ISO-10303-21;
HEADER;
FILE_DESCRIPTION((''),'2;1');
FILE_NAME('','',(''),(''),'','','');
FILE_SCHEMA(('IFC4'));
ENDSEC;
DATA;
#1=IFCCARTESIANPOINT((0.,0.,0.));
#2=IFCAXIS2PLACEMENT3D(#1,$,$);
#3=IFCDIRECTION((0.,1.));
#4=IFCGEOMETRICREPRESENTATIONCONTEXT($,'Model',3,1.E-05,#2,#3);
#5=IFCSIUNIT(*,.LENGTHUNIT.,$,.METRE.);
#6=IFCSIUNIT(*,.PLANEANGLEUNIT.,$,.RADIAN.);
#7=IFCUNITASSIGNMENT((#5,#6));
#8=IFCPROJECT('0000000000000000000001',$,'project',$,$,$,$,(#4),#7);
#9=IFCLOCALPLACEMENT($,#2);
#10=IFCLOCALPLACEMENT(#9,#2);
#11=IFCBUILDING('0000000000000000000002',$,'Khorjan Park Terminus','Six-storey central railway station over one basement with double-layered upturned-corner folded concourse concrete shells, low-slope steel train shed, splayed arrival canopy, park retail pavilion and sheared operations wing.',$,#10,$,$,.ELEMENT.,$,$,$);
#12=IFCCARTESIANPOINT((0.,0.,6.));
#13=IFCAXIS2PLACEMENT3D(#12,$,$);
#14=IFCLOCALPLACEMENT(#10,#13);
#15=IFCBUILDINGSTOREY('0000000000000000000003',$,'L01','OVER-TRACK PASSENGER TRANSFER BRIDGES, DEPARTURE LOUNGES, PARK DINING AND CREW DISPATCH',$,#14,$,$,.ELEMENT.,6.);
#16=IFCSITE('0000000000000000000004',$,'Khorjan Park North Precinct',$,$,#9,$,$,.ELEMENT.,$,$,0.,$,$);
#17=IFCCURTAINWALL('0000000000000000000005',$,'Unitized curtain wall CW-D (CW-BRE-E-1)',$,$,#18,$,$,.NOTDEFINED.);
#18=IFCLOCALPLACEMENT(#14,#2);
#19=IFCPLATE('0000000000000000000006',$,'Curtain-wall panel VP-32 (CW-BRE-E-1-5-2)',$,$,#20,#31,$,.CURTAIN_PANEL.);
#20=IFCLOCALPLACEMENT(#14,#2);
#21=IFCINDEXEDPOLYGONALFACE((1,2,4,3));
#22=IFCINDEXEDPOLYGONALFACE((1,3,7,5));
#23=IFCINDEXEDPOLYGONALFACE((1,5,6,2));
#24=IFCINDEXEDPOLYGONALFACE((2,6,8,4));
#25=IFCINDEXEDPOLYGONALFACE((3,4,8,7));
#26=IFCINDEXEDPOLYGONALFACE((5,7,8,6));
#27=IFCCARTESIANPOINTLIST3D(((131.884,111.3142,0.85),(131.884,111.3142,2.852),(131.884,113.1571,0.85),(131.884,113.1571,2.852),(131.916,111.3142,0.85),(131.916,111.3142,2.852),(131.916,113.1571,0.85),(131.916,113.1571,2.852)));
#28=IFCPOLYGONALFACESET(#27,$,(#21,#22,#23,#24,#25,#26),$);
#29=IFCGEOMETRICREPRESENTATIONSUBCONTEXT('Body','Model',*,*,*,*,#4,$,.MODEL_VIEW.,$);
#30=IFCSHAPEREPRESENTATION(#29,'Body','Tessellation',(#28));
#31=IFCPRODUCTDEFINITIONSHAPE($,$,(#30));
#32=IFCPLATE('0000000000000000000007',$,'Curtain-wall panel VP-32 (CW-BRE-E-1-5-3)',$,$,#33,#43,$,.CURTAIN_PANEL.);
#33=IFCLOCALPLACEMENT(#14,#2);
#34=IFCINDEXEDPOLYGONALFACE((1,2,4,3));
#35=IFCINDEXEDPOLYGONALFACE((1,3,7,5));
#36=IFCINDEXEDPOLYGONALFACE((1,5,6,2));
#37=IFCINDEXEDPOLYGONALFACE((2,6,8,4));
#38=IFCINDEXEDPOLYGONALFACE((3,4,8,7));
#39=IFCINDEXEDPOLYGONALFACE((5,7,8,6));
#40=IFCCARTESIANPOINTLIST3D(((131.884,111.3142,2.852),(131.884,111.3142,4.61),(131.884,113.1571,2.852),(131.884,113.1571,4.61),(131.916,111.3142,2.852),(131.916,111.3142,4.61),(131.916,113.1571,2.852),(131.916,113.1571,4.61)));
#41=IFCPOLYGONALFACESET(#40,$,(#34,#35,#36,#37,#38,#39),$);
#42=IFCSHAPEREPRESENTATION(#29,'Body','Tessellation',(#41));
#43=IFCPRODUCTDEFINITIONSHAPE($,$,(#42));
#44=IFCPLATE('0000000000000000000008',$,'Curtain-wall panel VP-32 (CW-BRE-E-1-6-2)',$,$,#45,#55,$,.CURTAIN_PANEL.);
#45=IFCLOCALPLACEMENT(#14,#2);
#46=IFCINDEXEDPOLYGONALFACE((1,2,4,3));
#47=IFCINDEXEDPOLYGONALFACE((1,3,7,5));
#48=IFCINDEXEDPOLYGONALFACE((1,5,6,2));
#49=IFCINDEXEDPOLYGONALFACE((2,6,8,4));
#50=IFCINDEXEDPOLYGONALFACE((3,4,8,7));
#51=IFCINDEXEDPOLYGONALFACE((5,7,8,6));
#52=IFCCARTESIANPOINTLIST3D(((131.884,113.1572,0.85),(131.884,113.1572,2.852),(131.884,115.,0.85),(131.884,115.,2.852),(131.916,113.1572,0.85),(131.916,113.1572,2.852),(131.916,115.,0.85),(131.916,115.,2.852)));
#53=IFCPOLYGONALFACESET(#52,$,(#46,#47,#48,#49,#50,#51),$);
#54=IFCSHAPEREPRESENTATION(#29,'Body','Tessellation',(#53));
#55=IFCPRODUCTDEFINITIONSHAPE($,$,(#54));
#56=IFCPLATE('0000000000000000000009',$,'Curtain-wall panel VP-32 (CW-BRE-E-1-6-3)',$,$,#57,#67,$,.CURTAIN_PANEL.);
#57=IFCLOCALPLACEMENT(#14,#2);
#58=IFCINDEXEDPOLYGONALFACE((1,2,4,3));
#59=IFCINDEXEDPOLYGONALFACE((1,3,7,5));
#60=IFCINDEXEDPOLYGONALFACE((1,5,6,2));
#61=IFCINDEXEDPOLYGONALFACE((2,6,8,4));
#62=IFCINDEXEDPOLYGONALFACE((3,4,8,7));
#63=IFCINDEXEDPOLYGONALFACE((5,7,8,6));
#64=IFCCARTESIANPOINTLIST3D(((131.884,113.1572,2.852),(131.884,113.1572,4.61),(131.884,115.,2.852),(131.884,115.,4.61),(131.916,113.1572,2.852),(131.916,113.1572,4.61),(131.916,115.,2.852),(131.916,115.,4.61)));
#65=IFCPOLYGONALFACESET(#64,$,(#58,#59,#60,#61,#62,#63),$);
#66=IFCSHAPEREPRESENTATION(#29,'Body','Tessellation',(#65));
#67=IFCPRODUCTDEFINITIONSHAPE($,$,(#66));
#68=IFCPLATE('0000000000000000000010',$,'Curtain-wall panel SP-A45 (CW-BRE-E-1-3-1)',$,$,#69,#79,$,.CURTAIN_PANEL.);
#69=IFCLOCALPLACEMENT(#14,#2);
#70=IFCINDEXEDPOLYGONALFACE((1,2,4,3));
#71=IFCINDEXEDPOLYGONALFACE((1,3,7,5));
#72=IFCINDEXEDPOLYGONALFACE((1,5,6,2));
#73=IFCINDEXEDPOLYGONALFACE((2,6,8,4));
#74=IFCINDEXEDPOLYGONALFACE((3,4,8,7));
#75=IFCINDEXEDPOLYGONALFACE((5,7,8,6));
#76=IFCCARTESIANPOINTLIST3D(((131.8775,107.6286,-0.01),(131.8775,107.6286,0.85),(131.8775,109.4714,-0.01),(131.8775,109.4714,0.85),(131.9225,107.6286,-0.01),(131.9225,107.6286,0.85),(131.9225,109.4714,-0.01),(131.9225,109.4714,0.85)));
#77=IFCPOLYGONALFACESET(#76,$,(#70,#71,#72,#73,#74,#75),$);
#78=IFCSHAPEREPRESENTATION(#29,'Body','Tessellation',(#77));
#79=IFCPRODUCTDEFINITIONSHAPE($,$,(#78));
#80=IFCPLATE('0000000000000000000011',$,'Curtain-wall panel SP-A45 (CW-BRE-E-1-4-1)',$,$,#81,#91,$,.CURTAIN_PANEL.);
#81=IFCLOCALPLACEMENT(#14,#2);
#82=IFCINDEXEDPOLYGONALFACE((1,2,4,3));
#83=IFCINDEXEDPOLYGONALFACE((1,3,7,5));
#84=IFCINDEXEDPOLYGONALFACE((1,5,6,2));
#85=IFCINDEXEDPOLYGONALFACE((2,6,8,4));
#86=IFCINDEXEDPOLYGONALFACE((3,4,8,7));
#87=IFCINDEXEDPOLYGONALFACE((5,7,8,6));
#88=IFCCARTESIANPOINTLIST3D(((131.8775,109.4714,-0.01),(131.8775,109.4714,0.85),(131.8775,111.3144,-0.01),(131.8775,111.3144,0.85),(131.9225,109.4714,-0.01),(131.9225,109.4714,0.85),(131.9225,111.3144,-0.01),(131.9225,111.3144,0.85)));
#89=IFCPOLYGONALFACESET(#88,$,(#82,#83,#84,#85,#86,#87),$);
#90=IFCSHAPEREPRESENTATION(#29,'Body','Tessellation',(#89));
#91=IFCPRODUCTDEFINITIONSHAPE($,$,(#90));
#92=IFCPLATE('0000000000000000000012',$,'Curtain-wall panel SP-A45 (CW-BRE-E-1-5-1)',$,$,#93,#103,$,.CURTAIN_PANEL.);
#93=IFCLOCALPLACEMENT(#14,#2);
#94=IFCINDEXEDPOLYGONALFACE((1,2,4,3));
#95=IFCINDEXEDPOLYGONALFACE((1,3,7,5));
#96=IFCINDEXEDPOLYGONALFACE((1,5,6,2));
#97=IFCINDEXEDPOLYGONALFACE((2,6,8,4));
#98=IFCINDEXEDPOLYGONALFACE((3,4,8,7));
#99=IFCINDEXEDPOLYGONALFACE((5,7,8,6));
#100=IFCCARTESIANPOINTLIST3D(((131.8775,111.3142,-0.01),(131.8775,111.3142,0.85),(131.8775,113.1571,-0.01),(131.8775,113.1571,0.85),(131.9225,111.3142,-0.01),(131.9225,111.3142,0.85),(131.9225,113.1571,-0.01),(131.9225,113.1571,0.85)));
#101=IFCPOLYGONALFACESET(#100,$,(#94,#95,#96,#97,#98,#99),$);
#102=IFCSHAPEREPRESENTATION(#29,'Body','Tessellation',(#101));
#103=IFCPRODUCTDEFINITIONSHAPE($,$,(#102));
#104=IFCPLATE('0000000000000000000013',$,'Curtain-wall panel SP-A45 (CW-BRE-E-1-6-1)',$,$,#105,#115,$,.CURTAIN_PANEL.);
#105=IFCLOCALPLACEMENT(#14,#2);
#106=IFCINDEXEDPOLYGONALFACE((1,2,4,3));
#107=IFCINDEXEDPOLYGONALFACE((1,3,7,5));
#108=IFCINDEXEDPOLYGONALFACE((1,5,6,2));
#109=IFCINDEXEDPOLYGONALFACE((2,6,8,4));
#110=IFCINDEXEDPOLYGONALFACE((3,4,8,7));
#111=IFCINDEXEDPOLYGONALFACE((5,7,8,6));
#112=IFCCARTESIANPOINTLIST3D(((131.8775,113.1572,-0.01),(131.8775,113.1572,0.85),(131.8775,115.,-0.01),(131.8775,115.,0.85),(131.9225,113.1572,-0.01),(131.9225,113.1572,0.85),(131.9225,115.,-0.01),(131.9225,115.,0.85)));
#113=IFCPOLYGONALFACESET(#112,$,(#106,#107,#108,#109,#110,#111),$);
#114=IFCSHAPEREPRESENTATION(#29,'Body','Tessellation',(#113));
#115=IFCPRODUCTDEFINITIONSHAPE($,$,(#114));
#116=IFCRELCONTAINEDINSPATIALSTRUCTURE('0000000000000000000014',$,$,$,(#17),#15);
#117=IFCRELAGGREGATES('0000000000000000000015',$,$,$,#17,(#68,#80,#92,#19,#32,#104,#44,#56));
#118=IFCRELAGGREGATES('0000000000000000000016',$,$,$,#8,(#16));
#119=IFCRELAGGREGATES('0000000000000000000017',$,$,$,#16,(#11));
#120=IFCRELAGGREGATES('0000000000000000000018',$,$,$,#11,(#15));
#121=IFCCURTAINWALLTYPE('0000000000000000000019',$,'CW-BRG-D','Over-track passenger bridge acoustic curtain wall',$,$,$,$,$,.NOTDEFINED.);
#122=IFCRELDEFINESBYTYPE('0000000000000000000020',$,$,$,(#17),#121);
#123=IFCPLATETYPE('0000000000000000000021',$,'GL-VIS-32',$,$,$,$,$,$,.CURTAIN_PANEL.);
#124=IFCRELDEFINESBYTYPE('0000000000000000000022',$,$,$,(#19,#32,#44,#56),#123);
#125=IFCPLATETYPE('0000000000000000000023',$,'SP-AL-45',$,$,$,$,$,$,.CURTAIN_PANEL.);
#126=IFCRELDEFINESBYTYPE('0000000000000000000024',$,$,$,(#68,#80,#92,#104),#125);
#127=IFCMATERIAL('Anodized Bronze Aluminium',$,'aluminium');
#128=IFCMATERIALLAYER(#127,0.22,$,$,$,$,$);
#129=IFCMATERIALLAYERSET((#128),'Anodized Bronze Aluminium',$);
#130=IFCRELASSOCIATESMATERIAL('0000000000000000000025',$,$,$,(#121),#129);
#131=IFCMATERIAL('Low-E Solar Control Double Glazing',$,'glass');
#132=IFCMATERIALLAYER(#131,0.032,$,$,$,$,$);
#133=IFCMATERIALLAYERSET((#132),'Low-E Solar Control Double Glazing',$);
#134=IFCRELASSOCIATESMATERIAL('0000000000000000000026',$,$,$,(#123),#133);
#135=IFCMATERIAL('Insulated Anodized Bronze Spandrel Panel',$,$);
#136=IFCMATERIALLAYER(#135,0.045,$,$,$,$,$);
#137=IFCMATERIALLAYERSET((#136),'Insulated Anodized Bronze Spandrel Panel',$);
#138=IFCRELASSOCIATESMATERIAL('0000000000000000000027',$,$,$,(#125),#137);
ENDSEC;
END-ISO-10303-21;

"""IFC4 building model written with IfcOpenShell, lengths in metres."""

from ifc_helpers import new_model, si_unit, direction, frame, origin, origin_2d, place, context, subcontext, project, spatial, rectangle, extrude, material, layer, layer_set, type_object, element, aggregate, save


model = new_model("IFC4")

# Units and contexts
model_context = context("Model", 3, precision=1e-05, world=origin(), true_north=direction((0.0, 1.0)))
body_context = subcontext(model_context, "Body", "Model", "MODEL_VIEW")
ifc_project = project(units=[si_unit("LENGTHUNIT", "METRE"), si_unit("PLANEANGLEUNIT", "RADIAN")], contexts=[model_context])

# Site, building, storey
site_placement = place(None, origin())
site = spatial("IfcSite", under=ifc_project, at=site_placement, Name="Khorjan Park North Precinct", CompositionType="ELEMENT", RefElevation=0.0)
building_placement = place(site_placement, origin())
building = spatial("IfcBuilding", under=site, at=building_placement, Name="Khorjan Park Terminus", Description="Six-storey central railway station over one basement with double-layered upturned-corner folded concourse concrete shells, low-slope steel train shed, splayed arrival canopy, park retail pavilion and sheared operations wing.", CompositionType="ELEMENT")
storey_placement = place(building_placement, frame((0.0, 0.0, 6.0)))
storey = spatial("IfcBuildingStorey", under=building, at=storey_placement, Name="L01", Description="OVER-TRACK PASSENGER TRANSFER BRIDGES, DEPARTURE LOUNGES, PARK DINING AND CREW DISPATCH", CompositionType="ELEMENT", Elevation=6.0)

# Curtain wall
ifc_material_1 = material(Name="Anodized Bronze Aluminium", Category="aluminium")
ifc_layer_1 = layer(ifc_material_1, 0.22)
ifc_layer_set_1 = layer_set([ifc_layer_1], Name="Anodized Bronze Aluminium")
curtain_wall_type = type_object("IfcCurtainWallType", Name="CW-BRG-D", Description="Over-track passenger bridge acoustic curtain wall", PredefinedType="NOTDEFINED", material=ifc_layer_set_1)
curtain_wall_1_placement = place(storey_placement, origin())
curtain_wall_1 = element("IfcCurtainWall", 1, at=curtain_wall_1_placement, inside=storey, type_object=curtain_wall_type, Name="Unitized curtain wall CW-D (CW-BRE-E-1)", PredefinedType="NOTDEFINED")

# Plates
ifc_material_2 = material(Name="Low-E Solar Control Double Glazing", Category="glass")
ifc_layer_2 = layer(ifc_material_2, 0.032)
ifc_layer_set_2 = layer_set([ifc_layer_2], Name="Low-E Solar Control Double Glazing")
plate_type_1 = type_object("IfcPlateType", Name="GL-VIS-32", PredefinedType="CURTAIN_PANEL", material=ifc_layer_set_2)
plate_1_placement = place(storey_placement, frame((131.9, 112.2357, 0.85), z_axis=(0.0, 0.0, 1.0), x_axis=(0.0, 1.0, 0.0)))
plate_1 = element("IfcPlate", 2, at=plate_1_placement, type_object=plate_type_1, Name="Curtain-wall panel VP-32 (CW-BRE-E-1-5-2)", PredefinedType="CURTAIN_PANEL", context=body_context, shape_type="SweptSolid", body=[
    extrude(rectangle(XDim=1.8429, YDim=0.032, at=origin_2d()), origin(), (0.0, 0.0, 1.0), 2.002),
])
plate_2_placement = place(storey_placement, frame((131.9, 112.2357, 2.852), z_axis=(0.0, 0.0, 1.0), x_axis=(0.0, 1.0, 0.0)))
plate_2 = element("IfcPlate", 3, at=plate_2_placement, type_object=plate_type_1, Name="Curtain-wall panel VP-32 (CW-BRE-E-1-5-3)", PredefinedType="CURTAIN_PANEL", context=body_context, shape_type="SweptSolid", body=[
    extrude(rectangle(XDim=1.8429, YDim=0.032, at=origin_2d()), origin(), (0.0, 0.0, 1.0), 1.758),
])
plate_3_placement = place(storey_placement, frame((131.9, 114.0786, 0.85), z_axis=(0.0, 0.0, 1.0), x_axis=(0.0, 1.0, 0.0)))
plate_3 = element("IfcPlate", 4, at=plate_3_placement, type_object=plate_type_1, Name="Curtain-wall panel VP-32 (CW-BRE-E-1-6-2)", PredefinedType="CURTAIN_PANEL", context=body_context, shape_type="SweptSolid", body=[
    extrude(rectangle(XDim=1.8429, YDim=0.032, at=origin_2d()), origin(), (0.0, 0.0, 1.0), 2.002),
])
plate_4_placement = place(storey_placement, frame((131.9, 114.0786, 2.852), z_axis=(0.0, 0.0, 1.0), x_axis=(0.0, 1.0, 0.0)))
plate_4 = element("IfcPlate", 5, at=plate_4_placement, type_object=plate_type_1, Name="Curtain-wall panel VP-32 (CW-BRE-E-1-6-3)", PredefinedType="CURTAIN_PANEL", context=body_context, shape_type="SweptSolid", body=[
    extrude(rectangle(XDim=1.8429, YDim=0.032, at=origin_2d()), origin(), (0.0, 0.0, 1.0), 1.758),
])
ifc_material_3 = material(Name="Insulated Anodized Bronze Spandrel Panel")
ifc_layer_3 = layer(ifc_material_3, 0.045)
ifc_layer_set_3 = layer_set([ifc_layer_3], Name="Insulated Anodized Bronze Spandrel Panel")
plate_type_2 = type_object("IfcPlateType", Name="SP-AL-45", PredefinedType="CURTAIN_PANEL", material=ifc_layer_set_3)
plate_5_placement = place(storey_placement, frame((131.9, 108.55, -0.01), z_axis=(0.0, 0.0, 1.0), x_axis=(0.0, 1.0, 0.0)))
plate_5 = element("IfcPlate", 6, at=plate_5_placement, type_object=plate_type_2, Name="Curtain-wall panel SP-A45 (CW-BRE-E-1-3-1)", PredefinedType="CURTAIN_PANEL", context=body_context, shape_type="SweptSolid", body=[
    extrude(rectangle(XDim=1.8429, YDim=0.045, at=origin_2d()), origin(), (0.0, 0.0, 1.0), 0.86),
])
plate_6_placement = place(storey_placement, frame((131.9, 110.3929, -0.01), z_axis=(0.0, 0.0, 1.0), x_axis=(0.0, 1.0, 0.0)))
plate_6 = element("IfcPlate", 7, at=plate_6_placement, type_object=plate_type_2, Name="Curtain-wall panel SP-A45 (CW-BRE-E-1-4-1)", PredefinedType="CURTAIN_PANEL", context=body_context, shape_type="SweptSolid", body=[
    extrude(rectangle(XDim=1.8429, YDim=0.045, at=origin_2d()), origin(), (0.0, 0.0, 1.0), 0.86),
])
plate_7_placement = place(storey_placement, frame((131.9, 112.2357, -0.01), z_axis=(0.0, 0.0, 1.0), x_axis=(0.0, 1.0, 0.0)))
plate_7 = element("IfcPlate", 8, at=plate_7_placement, type_object=plate_type_2, Name="Curtain-wall panel SP-A45 (CW-BRE-E-1-5-1)", PredefinedType="CURTAIN_PANEL", context=body_context, shape_type="SweptSolid", body=[
    extrude(rectangle(XDim=1.8429, YDim=0.045, at=origin_2d()), origin(), (0.0, 0.0, 1.0), 0.86),
])
plate_8_placement = place(storey_placement, frame((131.9, 114.0786, -0.01), z_axis=(0.0, 0.0, 1.0), x_axis=(0.0, 1.0, 0.0)))
plate_8 = element("IfcPlate", 9, at=plate_8_placement, type_object=plate_type_2, Name="Curtain-wall panel SP-A45 (CW-BRE-E-1-6-1)", PredefinedType="CURTAIN_PANEL", context=body_context, shape_type="SweptSolid", body=[
    extrude(rectangle(XDim=1.8429, YDim=0.045, at=origin_2d()), origin(), (0.0, 0.0, 1.0), 0.86),
])
aggregate(curtain_wall_1, [plate_5, plate_6, plate_7, plate_1, plate_2, plate_8, plate_3, plate_4])

save(model, "model.ifc")
